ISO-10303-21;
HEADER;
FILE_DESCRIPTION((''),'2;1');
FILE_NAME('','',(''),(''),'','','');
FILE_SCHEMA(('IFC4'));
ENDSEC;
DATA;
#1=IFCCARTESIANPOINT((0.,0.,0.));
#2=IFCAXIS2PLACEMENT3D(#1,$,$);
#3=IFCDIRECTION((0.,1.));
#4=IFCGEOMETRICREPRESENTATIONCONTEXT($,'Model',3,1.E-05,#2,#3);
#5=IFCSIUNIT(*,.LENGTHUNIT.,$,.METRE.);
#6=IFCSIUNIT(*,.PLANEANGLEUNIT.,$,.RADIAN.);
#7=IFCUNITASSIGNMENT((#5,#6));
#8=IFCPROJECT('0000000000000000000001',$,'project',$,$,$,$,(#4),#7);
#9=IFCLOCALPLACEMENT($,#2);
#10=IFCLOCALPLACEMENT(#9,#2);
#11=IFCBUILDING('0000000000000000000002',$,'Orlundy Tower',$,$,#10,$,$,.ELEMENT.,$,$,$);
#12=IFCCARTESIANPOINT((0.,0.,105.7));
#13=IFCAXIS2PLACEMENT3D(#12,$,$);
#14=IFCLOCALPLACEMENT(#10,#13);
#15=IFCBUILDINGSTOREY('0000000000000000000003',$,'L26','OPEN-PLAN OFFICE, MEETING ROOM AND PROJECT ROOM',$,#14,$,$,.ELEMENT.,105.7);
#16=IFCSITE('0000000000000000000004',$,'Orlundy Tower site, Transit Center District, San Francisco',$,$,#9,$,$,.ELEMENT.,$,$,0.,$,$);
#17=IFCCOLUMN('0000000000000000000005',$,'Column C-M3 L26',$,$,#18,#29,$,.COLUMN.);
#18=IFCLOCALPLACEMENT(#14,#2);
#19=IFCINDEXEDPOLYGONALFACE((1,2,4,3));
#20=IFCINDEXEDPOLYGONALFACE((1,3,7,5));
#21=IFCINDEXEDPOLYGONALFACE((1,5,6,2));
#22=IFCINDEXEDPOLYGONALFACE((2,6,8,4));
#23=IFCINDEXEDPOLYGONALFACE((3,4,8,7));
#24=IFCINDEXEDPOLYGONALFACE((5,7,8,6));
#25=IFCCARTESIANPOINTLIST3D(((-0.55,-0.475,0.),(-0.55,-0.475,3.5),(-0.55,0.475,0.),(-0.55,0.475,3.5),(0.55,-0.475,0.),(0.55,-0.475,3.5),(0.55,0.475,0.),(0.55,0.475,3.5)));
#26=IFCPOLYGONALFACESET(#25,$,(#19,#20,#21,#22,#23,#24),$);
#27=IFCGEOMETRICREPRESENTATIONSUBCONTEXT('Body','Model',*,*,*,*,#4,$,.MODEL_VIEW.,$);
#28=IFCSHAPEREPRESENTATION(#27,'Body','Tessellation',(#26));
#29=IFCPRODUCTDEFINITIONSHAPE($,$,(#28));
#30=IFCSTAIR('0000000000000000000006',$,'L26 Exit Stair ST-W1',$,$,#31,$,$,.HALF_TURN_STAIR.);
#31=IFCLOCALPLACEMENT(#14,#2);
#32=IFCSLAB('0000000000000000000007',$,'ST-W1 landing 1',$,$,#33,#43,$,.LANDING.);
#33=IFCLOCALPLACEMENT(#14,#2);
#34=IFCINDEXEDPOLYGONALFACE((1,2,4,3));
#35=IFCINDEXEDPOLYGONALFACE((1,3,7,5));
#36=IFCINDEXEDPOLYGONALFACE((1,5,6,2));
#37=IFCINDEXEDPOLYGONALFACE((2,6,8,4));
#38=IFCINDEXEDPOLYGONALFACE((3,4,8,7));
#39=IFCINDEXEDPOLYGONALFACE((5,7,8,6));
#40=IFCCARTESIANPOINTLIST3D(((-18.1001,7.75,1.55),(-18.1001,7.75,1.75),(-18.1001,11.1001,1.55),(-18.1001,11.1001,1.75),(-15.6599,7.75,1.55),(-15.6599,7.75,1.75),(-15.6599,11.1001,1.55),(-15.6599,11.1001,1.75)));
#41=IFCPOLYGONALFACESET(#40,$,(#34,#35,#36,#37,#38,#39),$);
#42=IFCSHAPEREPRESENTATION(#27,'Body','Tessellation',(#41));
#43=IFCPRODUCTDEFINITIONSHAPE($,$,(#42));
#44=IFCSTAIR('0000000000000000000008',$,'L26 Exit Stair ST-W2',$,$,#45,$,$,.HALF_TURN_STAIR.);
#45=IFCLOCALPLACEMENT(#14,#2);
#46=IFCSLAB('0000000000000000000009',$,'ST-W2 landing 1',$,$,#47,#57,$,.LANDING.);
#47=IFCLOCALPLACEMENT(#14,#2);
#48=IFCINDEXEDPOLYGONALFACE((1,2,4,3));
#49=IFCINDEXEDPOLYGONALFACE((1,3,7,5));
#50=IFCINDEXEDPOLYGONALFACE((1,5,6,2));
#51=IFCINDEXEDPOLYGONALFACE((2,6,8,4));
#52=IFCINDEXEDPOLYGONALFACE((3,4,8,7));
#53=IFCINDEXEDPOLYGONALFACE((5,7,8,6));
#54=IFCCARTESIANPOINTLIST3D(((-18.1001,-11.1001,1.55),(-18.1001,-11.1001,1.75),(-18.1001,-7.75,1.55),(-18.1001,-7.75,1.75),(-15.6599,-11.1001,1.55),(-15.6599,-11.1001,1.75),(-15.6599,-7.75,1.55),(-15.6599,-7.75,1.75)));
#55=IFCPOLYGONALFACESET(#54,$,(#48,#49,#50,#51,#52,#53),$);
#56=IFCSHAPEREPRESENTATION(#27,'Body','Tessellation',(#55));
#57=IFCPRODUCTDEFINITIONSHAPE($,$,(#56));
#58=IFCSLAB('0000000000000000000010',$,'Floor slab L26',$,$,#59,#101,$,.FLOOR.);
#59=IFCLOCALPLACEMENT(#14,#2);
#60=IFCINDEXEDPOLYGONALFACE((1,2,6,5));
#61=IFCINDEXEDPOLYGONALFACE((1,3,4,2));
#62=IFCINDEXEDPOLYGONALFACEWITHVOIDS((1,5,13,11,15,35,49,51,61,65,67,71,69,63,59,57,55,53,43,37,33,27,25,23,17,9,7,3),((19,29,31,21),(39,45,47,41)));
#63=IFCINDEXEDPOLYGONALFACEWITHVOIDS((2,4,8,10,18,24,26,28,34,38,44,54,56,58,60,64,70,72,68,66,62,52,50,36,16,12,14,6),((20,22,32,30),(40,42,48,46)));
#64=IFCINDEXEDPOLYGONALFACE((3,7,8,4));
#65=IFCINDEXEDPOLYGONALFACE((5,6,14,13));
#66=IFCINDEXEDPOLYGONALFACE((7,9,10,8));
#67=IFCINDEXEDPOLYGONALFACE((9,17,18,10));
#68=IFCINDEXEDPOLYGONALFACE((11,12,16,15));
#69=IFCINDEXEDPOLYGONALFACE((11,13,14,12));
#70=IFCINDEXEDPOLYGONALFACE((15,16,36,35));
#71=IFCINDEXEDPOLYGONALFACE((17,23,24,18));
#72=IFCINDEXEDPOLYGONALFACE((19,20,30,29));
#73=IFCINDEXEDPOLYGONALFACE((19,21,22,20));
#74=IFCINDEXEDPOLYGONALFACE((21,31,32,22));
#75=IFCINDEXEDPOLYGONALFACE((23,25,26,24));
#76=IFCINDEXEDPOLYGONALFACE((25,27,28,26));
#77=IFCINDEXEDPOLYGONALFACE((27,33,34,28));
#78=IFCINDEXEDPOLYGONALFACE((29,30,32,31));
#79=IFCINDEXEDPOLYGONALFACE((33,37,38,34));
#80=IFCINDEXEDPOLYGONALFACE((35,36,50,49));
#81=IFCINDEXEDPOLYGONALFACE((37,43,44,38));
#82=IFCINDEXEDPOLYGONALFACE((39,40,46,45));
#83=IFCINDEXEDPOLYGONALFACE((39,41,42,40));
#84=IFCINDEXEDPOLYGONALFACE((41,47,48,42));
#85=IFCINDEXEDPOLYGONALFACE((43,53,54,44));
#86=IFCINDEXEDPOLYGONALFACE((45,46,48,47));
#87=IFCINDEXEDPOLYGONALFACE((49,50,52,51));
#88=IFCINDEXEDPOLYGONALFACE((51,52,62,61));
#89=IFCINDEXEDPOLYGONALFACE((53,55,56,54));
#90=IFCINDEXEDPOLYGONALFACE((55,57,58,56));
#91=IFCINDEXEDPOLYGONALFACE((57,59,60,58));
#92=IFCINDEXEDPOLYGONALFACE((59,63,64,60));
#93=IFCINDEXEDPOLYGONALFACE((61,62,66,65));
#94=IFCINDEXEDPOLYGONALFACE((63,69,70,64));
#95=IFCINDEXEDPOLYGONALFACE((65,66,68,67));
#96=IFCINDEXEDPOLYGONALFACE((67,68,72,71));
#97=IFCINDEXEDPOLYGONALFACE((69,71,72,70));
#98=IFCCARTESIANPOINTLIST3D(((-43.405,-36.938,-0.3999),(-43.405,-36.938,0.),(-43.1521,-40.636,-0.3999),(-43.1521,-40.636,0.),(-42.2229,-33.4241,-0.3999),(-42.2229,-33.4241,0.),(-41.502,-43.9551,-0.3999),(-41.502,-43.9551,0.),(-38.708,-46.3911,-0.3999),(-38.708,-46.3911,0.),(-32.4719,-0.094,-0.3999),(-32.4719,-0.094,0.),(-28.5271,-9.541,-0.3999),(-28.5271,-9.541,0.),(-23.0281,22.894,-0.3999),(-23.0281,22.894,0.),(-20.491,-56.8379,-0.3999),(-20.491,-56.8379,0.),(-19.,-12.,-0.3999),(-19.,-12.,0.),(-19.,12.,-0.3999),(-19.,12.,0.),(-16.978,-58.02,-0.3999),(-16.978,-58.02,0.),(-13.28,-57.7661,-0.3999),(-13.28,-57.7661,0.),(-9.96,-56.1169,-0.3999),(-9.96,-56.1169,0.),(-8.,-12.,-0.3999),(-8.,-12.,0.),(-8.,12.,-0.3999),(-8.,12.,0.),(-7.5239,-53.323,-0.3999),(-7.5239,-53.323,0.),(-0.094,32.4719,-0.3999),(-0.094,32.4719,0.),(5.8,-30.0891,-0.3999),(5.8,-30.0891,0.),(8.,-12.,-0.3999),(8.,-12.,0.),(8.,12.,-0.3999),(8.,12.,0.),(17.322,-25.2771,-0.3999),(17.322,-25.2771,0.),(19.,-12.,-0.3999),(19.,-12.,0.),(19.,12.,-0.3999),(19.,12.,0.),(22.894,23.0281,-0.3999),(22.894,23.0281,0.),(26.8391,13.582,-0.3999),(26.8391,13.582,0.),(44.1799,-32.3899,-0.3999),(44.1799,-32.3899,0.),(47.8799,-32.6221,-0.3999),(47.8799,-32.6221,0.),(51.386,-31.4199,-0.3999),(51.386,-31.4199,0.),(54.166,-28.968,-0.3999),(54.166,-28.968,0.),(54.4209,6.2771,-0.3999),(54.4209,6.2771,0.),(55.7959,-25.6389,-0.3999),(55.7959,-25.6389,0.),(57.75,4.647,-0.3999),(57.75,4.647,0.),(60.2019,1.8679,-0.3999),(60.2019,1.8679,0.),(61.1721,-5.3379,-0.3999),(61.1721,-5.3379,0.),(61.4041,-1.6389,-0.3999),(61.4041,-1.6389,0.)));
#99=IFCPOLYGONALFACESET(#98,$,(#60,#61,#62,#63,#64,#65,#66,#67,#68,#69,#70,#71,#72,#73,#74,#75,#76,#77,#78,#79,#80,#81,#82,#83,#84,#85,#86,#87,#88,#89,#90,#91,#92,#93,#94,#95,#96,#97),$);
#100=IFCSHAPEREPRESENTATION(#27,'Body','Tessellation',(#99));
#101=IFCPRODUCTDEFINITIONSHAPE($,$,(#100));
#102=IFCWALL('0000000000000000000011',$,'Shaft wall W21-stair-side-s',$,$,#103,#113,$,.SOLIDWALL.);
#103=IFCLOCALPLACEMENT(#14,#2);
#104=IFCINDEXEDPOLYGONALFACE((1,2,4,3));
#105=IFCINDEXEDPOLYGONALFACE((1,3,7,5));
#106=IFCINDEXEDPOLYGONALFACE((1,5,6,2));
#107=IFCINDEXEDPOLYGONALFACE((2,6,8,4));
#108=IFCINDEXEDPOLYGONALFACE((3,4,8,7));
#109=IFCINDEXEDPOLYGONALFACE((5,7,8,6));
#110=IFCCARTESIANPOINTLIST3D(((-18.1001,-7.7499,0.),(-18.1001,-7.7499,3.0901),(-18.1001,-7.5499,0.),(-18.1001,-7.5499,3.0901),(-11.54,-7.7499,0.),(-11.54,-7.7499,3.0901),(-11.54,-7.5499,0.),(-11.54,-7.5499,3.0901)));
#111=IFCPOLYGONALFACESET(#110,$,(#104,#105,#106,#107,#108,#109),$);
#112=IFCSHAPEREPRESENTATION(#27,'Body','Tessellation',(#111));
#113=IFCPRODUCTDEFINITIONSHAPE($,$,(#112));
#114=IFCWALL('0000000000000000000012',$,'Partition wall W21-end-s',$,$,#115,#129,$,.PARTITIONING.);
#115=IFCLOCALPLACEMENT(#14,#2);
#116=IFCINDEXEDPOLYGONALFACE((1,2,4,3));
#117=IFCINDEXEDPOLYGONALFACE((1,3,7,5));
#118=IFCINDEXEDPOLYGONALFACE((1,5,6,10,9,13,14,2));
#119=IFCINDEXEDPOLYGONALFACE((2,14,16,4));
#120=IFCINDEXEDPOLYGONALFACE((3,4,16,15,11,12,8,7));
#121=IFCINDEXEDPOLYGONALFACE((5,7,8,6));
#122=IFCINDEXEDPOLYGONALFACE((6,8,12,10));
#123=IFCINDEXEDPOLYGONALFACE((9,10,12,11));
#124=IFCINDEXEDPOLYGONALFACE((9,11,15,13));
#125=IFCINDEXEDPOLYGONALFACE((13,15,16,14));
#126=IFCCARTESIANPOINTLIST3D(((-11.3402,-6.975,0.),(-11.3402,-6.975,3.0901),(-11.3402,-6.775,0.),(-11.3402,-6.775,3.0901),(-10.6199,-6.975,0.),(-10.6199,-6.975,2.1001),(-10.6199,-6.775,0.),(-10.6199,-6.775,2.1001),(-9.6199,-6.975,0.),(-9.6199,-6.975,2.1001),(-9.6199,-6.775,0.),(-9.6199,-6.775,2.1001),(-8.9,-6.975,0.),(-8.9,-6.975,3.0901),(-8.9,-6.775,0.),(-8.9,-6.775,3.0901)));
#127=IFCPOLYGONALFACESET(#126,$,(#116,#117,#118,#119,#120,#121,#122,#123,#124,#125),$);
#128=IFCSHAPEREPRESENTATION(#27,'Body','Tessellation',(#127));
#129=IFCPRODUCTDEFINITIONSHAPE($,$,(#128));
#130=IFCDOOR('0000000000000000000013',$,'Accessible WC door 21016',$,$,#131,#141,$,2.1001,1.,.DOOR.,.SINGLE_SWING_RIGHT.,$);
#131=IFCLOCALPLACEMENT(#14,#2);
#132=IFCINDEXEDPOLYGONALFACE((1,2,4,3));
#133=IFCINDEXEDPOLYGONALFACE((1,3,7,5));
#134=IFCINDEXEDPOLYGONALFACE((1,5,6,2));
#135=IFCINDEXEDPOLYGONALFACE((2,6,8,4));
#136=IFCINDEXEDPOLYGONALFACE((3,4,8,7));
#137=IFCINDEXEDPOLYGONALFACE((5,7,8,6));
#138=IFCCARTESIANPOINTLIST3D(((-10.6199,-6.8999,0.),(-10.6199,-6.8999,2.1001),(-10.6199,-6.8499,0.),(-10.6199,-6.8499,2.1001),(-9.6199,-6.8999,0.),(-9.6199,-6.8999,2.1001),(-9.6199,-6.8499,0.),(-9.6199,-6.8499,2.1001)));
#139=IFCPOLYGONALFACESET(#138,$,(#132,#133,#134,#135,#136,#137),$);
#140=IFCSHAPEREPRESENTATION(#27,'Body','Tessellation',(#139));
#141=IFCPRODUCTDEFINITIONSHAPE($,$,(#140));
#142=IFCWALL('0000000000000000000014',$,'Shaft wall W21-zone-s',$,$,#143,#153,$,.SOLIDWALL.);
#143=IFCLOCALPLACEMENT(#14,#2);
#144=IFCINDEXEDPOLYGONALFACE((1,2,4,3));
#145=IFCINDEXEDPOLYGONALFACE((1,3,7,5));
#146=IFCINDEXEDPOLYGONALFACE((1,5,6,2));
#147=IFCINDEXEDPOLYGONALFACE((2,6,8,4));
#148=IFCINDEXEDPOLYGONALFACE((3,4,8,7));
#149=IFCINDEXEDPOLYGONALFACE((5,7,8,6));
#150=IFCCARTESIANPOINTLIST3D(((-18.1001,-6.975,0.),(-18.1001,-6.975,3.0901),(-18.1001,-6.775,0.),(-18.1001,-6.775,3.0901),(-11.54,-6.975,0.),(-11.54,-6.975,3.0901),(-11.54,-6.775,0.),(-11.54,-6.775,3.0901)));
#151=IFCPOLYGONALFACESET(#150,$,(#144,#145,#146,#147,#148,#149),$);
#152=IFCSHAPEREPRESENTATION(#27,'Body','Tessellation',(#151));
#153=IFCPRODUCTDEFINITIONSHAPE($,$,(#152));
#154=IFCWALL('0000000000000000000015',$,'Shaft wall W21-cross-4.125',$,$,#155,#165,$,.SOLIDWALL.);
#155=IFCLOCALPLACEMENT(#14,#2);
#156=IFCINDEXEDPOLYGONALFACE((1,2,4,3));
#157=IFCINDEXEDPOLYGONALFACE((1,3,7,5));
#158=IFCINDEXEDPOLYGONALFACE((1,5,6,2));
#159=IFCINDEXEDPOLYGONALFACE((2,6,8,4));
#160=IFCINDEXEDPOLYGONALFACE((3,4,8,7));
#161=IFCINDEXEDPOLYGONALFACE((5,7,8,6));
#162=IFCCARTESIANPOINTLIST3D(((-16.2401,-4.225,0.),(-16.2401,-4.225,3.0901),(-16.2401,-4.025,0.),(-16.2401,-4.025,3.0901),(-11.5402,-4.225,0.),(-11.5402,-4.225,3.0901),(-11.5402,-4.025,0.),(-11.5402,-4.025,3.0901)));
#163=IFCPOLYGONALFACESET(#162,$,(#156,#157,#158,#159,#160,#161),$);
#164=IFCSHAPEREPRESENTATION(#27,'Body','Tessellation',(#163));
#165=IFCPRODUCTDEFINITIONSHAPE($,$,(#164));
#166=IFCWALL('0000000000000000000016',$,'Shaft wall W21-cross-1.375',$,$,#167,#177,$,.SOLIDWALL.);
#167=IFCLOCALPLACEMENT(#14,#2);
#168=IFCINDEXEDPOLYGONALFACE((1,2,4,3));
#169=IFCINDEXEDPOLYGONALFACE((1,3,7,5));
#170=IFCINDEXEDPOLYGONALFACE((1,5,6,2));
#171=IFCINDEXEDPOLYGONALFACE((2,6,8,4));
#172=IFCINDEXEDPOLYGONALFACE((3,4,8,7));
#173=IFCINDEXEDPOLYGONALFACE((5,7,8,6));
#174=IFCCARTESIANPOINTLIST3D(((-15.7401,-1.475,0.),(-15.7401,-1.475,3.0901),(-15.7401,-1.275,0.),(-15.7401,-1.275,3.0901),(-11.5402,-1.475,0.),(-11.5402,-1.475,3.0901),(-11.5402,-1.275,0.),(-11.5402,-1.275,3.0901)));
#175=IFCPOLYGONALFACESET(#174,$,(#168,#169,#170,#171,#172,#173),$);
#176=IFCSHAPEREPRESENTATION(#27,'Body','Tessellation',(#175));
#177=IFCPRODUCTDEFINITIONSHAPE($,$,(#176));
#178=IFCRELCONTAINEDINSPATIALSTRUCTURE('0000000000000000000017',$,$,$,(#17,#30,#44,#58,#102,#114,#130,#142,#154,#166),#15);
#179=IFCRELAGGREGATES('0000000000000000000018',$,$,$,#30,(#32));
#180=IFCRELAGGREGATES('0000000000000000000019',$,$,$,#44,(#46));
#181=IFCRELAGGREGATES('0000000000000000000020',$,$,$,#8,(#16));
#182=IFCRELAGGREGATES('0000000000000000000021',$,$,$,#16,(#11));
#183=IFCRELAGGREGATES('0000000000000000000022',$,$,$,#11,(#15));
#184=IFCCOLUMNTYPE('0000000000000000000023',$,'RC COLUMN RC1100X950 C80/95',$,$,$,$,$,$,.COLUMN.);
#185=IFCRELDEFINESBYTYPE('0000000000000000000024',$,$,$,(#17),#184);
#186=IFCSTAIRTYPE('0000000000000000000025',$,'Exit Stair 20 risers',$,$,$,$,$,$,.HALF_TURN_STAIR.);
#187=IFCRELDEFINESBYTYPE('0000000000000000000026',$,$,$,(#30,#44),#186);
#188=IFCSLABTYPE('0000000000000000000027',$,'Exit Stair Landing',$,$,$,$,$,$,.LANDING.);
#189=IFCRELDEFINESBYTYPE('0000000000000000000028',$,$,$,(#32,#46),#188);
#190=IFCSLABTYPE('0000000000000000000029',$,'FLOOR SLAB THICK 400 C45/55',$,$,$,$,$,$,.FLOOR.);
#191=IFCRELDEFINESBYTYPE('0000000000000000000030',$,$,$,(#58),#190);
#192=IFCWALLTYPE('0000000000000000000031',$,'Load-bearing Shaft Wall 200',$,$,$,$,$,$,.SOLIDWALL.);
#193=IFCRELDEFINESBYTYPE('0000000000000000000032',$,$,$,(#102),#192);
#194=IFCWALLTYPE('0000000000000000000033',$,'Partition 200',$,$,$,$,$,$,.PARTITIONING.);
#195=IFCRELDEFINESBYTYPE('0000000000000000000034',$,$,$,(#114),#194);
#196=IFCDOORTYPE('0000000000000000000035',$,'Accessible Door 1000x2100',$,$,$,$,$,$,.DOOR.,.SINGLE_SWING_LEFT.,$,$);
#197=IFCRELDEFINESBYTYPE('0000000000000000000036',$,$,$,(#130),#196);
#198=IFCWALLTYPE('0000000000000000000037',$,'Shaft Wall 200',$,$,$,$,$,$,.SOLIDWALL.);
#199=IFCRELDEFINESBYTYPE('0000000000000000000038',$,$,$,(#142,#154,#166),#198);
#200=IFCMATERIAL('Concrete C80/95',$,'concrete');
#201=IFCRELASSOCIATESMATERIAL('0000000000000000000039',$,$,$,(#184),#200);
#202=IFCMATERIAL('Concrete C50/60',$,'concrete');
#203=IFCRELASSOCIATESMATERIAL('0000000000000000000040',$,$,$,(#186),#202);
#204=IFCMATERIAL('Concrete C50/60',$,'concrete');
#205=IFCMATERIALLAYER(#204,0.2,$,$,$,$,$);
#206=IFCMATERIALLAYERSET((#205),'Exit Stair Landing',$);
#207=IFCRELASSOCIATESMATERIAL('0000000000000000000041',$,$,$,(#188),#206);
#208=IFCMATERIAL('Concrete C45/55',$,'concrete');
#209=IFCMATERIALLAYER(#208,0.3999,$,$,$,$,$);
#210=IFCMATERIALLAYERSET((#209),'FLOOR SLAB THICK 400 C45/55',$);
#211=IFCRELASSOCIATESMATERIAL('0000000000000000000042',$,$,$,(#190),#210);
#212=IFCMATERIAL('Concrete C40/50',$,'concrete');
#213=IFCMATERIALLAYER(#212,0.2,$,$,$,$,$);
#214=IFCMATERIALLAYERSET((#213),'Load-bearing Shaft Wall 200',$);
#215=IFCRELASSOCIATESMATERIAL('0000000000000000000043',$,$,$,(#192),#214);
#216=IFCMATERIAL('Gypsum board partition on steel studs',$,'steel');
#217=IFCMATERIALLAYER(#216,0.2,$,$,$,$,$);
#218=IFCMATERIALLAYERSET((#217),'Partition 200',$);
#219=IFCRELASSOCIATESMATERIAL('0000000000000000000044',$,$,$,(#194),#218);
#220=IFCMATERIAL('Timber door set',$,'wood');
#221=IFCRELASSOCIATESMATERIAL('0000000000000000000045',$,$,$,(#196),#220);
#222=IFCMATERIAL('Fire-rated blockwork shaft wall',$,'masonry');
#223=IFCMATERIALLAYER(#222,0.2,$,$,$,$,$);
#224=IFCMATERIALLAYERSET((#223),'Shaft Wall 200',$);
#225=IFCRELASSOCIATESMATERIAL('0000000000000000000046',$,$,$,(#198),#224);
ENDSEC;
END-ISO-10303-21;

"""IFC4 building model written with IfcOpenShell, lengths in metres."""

from ifc_helpers import new_model, si_unit, direction, frame, frame_2d, origin, origin_with_axes, origin_2d, place, context, subcontext, project, spatial, polyline, rectangle, outline, extrude, material, layer, layer_set, material_profile, profile_set, type_object, element, fill, aggregate, save


model = new_model("IFC4")

# Units and contexts
model_context = context("Model", 3, precision=1e-05, world=origin(), true_north=direction((0.0, 1.0)))
body_context = subcontext(model_context, "Body", "Model", "MODEL_VIEW")
ifc_project = project(units=[si_unit("LENGTHUNIT", "METRE"), si_unit("PLANEANGLEUNIT", "RADIAN")], contexts=[model_context])

# Site, building, storey
site_placement = place(None, origin())
site = spatial("IfcSite", under=ifc_project, at=site_placement, Name="Orlundy Tower site, Transit Center District, San Francisco", CompositionType="ELEMENT", RefElevation=0.0)
building_placement = place(site_placement, origin())
building = spatial("IfcBuilding", under=site, at=building_placement, Name="Orlundy Tower", CompositionType="ELEMENT")
storey_placement = place(building_placement, frame((0.0, 0.0, 105.7)))
storey = spatial("IfcBuildingStorey", under=building, at=storey_placement, Name="L26", Description="OPEN-PLAN OFFICE, MEETING ROOM AND PROJECT ROOM", CompositionType="ELEMENT", Elevation=105.7)

# Column
ifc_material_1 = material(Name="Concrete C80/95", Category="concrete")
ifc_material_profile = material_profile(ifc_material_1, rectangle(XDim=1.1001, YDim=0.95, at=origin_2d()), Name="RC1100X950")
ifc_profile_set = profile_set([ifc_material_profile], Name="Concrete C80/95")
column_type = type_object("IfcColumnType", Name="RC COLUMN RC1100X950 C80/95", PredefinedType="COLUMN", material=ifc_profile_set)
column_placement = place(storey_placement, origin_with_axes())
element("IfcColumn", 1, at=column_placement, inside=storey, type_object=column_type, Name="Column C-M3 L26", PredefinedType="COLUMN", context=body_context, shape_type="SweptSolid", body=[
    extrude(rectangle(XDim=1.1001, YDim=0.95, at=origin_2d()), origin(), (0.0, 0.0, 1.0), 3.5),
])

# Stairs, slabs
ifc_material_2 = material(Name="Concrete C50/60", Category="concrete")
stair_type = type_object("IfcStairType", Name="Exit Stair 20 risers", PredefinedType="HALF_TURN_STAIR", material=ifc_material_2)
stair_1_placement = place(storey_placement, origin())
stair_1 = element("IfcStair", 2, at=stair_1_placement, inside=storey, type_object=stair_type, Name="L26 Exit Stair ST-W1", PredefinedType="HALF_TURN_STAIR")
ifc_material_3 = material(Name="Concrete C50/60", Category="concrete")
ifc_layer_1 = layer(ifc_material_3, 0.2)
ifc_layer_set_1 = layer_set([ifc_layer_1], Name="Exit Stair Landing")
slab_type_1 = type_object("IfcSlabType", Name="Exit Stair Landing", PredefinedType="LANDING", material=ifc_layer_set_1)
slab_1_placement = place(storey_placement, frame((0.0, 0.0, 1.55)))
slab_1 = element("IfcSlab", 3, at=slab_1_placement, type_object=slab_type_1, Name="ST-W1 landing 1", PredefinedType="LANDING", context=body_context, shape_type="SweptSolid", body=[
    extrude(outline(polyline([(-15.6599, 11.1001), (-18.1001, 11.1001), (-18.1001, 7.75), (-15.6599, 7.75), (-15.6599, 11.1001)])), origin(), (0.0, 0.0, 1.0), 0.2),
])
aggregate(stair_1, [slab_1])
stair_2_placement = place(storey_placement, origin())
stair_2 = element("IfcStair", 4, at=stair_2_placement, inside=storey, type_object=stair_type, Name="L26 Exit Stair ST-W2", PredefinedType="HALF_TURN_STAIR")
slab_2_placement = place(storey_placement, frame((0.0, 0.0, 1.55)))
slab_2 = element("IfcSlab", 5, at=slab_2_placement, type_object=slab_type_1, Name="ST-W2 landing 1", PredefinedType="LANDING", context=body_context, shape_type="SweptSolid", body=[
    extrude(outline(polyline([(-15.6599, -7.75), (-18.1001, -7.75), (-18.1001, -11.1001), (-15.6599, -11.1001), (-15.6599, -7.75)])), origin(), (0.0, 0.0, 1.0), 0.2),
])
aggregate(stair_2, [slab_2])

# Slab
ifc_material_4 = material(Name="Concrete C45/55", Category="concrete")
ifc_layer_2 = layer(ifc_material_4, 0.3999)
ifc_layer_set_2 = layer_set([ifc_layer_2], Name="FLOOR SLAB THICK 400 C45/55")
slab_type_2 = type_object("IfcSlabType", Name="FLOOR SLAB THICK 400 C45/55", PredefinedType="FLOOR", material=ifc_layer_set_2)
slab_3_placement = place(storey_placement, frame((0.0, 0.0, -0.3999)))
element("IfcSlab", 6, at=slab_3_placement, inside=storey, type_object=slab_type_2, Name="Floor slab L26", PredefinedType="FLOOR", context=body_context, shape_type="SweptSolid", body=[
    extrude(outline(polyline([(17.322, -25.2771), (5.8, -30.0891), (-7.5239, -53.323), (-9.96, -56.1169), (-13.28, -57.7661), (-16.978, -58.02), (-20.491, -56.8379), (-38.708, -46.3911), (-41.502, -43.9551), (-43.1521, -40.636), (-43.405, -36.938), (-42.2229, -33.4241), (-28.5271, -9.541), (-32.4719, -0.094), (-23.0281, 22.894), (-0.094, 32.4719), (22.894, 23.0281), (26.8391, 13.582), (54.4209, 6.2771), (57.75, 4.647), (60.2019, 1.8679), (61.4041, -1.6389), (61.1721, -5.3379), (55.7959, -25.6389), (54.166, -28.968), (51.386, -31.4199), (47.8799, -32.6221), (44.1799, -32.3899), (17.322, -25.2771)]), holes=[polyline([(-8.0, -12.0), (-8.0, 12.0), (-19.0, 12.0), (-19.0, -12.0), (-8.0, -12.0)]), polyline([(19.0, -12.0), (19.0, 12.0), (8.0, 12.0), (8.0, -12.0), (19.0, -12.0)])]), origin(), (0.0, 0.0, 1.0), 0.3999),
])

# Wall
ifc_material_5 = material(Name="Concrete C40/50", Category="concrete")
ifc_layer_3 = layer(ifc_material_5, 0.2)
ifc_layer_set_3 = layer_set([ifc_layer_3], Name="Load-bearing Shaft Wall 200")
wall_type_1 = type_object("IfcWallType", Name="Load-bearing Shaft Wall 200", PredefinedType="SOLIDWALL", material=ifc_layer_set_3)
wall_1_placement = place(storey_placement, frame((-11.54, -7.6499, 0.0), z_axis=(0.0, 0.0, 1.0), x_axis=(-1.0, 0.0, 0.0)))
element("IfcWall", 7, at=wall_1_placement, inside=storey, type_object=wall_type_1, Name="Shaft wall W21-stair-side-s", PredefinedType="SOLIDWALL", context=body_context, shape_type="SweptSolid", body=[
    extrude(rectangle(XDim=6.5601, YDim=0.2, at=frame_2d((3.28, 0.0))), origin(), (0.0, 0.0, 1.0), 3.0901),
])

# Wall, opening, door
ifc_material_6 = material(Name="Gypsum board partition on steel studs", Category="steel")
ifc_layer_4 = layer(ifc_material_6, 0.2)
ifc_layer_set_4 = layer_set([ifc_layer_4], Name="Partition 200")
wall_type_2 = type_object("IfcWallType", Name="Partition 200", PredefinedType="PARTITIONING", material=ifc_layer_set_4)
wall_2_placement = place(storey_placement, frame((-8.8999, -6.875, 0.0), z_axis=(0.0, 0.0, 1.0), x_axis=(-1.0, 0.0, 0.0)))
wall_2 = element("IfcWall", 8, at=wall_2_placement, inside=storey, type_object=wall_type_2, Name="Partition wall W21-end-s", PredefinedType="PARTITIONING", context=body_context, shape_type="SweptSolid", body=[
    extrude(rectangle(XDim=2.4402, YDim=0.2, at=frame_2d((1.2202, 0.0))), origin(), (0.0, 0.0, 1.0), 3.0901),
])
opening_1_placement = place(wall_2_placement, frame((0.72, 0.0, 0.0)))
opening_1 = element("IfcOpeningElement", 9, at=opening_1_placement, cuts=wall_2, PredefinedType="OPENING", context=body_context, shape_type="SweptSolid", body=[
    extrude(rectangle(XDim=1.0, YDim=2.1001, at=frame_2d((0.5, 1.05))), frame((0.0, 0.1101, 0.0), z_axis=(0.0, -1.0, 0.0), x_axis=(1.0, 0.0, 0.0)), (0.0, 0.0, 1.0), 0.2202),
])
ifc_material_7 = material(Name="Timber door set", Category="wood")
door_type_1 = type_object("IfcDoorType", Name="Accessible Door 1000x2100", OperationType="SINGLE_SWING_LEFT", PredefinedType="DOOR", material=ifc_material_7)
door_1_placement = place(opening_1_placement, origin())
door_1 = element("IfcDoor", 10, at=door_1_placement, inside=storey, type_object=door_type_1, Name="Accessible WC door 21016", OperationType="SINGLE_SWING_RIGHT", OverallHeight=2.1001, OverallWidth=1.0, PredefinedType="DOOR", context=body_context, shape_type="SweptSolid", body=[
    extrude(rectangle(XDim=1.0, YDim=2.1001, at=frame_2d((0.5, 1.05))), frame((0.0, 0.0249, 0.0), z_axis=(0.0, -1.0, 0.0), x_axis=(1.0, 0.0, 0.0)), (0.0, 0.0, 1.0), 0.05),
])
fill(opening_1, door_1)

# Walls
ifc_material_8 = material(Name="Fire-rated blockwork shaft wall", Category="masonry")
ifc_layer_5 = layer(ifc_material_8, 0.2)
ifc_layer_set_5 = layer_set([ifc_layer_5], Name="Shaft Wall 200")
wall_type_3 = type_object("IfcWallType", Name="Shaft Wall 200", PredefinedType="SOLIDWALL", material=ifc_layer_set_5)
wall_3_placement = place(storey_placement, frame((-11.54, -6.875, 0.0), z_axis=(0.0, 0.0, 1.0), x_axis=(-1.0, 0.0, 0.0)))
element("IfcWall", 11, at=wall_3_placement, inside=storey, type_object=wall_type_3, Name="Shaft wall W21-zone-s", PredefinedType="SOLIDWALL", context=body_context, shape_type="SweptSolid", body=[
    extrude(rectangle(XDim=6.5601, YDim=0.2, at=frame_2d((3.28, 0.0))), origin(), (0.0, 0.0, 1.0), 3.0901),
])
wall_4_placement = place(storey_placement, frame((-11.54, -4.125, 0.0), z_axis=(0.0, 0.0, 1.0), x_axis=(-1.0, 0.0, 0.0)))
element("IfcWall", 12, at=wall_4_placement, inside=storey, type_object=wall_type_3, Name="Shaft wall W21-cross-4.125", PredefinedType="SOLIDWALL", context=body_context, shape_type="SweptSolid", body=[
    extrude(rectangle(XDim=4.7, YDim=0.2, at=frame_2d((2.3501, 0.0))), origin(), (0.0, 0.0, 1.0), 3.0901),
])
wall_5_placement = place(storey_placement, frame((-11.54, -1.375, 0.0), z_axis=(0.0, 0.0, 1.0), x_axis=(-1.0, 0.0, 0.0)))
element("IfcWall", 13, at=wall_5_placement, inside=storey, type_object=wall_type_3, Name="Shaft wall W21-cross-1.375", PredefinedType="SOLIDWALL", context=body_context, shape_type="SweptSolid", body=[
    extrude(rectangle(XDim=4.2, YDim=0.2, at=frame_2d((2.1001, 0.0))), origin(), (0.0, 0.0, 1.0), 3.0901),
])

save(model, "model.ifc")
